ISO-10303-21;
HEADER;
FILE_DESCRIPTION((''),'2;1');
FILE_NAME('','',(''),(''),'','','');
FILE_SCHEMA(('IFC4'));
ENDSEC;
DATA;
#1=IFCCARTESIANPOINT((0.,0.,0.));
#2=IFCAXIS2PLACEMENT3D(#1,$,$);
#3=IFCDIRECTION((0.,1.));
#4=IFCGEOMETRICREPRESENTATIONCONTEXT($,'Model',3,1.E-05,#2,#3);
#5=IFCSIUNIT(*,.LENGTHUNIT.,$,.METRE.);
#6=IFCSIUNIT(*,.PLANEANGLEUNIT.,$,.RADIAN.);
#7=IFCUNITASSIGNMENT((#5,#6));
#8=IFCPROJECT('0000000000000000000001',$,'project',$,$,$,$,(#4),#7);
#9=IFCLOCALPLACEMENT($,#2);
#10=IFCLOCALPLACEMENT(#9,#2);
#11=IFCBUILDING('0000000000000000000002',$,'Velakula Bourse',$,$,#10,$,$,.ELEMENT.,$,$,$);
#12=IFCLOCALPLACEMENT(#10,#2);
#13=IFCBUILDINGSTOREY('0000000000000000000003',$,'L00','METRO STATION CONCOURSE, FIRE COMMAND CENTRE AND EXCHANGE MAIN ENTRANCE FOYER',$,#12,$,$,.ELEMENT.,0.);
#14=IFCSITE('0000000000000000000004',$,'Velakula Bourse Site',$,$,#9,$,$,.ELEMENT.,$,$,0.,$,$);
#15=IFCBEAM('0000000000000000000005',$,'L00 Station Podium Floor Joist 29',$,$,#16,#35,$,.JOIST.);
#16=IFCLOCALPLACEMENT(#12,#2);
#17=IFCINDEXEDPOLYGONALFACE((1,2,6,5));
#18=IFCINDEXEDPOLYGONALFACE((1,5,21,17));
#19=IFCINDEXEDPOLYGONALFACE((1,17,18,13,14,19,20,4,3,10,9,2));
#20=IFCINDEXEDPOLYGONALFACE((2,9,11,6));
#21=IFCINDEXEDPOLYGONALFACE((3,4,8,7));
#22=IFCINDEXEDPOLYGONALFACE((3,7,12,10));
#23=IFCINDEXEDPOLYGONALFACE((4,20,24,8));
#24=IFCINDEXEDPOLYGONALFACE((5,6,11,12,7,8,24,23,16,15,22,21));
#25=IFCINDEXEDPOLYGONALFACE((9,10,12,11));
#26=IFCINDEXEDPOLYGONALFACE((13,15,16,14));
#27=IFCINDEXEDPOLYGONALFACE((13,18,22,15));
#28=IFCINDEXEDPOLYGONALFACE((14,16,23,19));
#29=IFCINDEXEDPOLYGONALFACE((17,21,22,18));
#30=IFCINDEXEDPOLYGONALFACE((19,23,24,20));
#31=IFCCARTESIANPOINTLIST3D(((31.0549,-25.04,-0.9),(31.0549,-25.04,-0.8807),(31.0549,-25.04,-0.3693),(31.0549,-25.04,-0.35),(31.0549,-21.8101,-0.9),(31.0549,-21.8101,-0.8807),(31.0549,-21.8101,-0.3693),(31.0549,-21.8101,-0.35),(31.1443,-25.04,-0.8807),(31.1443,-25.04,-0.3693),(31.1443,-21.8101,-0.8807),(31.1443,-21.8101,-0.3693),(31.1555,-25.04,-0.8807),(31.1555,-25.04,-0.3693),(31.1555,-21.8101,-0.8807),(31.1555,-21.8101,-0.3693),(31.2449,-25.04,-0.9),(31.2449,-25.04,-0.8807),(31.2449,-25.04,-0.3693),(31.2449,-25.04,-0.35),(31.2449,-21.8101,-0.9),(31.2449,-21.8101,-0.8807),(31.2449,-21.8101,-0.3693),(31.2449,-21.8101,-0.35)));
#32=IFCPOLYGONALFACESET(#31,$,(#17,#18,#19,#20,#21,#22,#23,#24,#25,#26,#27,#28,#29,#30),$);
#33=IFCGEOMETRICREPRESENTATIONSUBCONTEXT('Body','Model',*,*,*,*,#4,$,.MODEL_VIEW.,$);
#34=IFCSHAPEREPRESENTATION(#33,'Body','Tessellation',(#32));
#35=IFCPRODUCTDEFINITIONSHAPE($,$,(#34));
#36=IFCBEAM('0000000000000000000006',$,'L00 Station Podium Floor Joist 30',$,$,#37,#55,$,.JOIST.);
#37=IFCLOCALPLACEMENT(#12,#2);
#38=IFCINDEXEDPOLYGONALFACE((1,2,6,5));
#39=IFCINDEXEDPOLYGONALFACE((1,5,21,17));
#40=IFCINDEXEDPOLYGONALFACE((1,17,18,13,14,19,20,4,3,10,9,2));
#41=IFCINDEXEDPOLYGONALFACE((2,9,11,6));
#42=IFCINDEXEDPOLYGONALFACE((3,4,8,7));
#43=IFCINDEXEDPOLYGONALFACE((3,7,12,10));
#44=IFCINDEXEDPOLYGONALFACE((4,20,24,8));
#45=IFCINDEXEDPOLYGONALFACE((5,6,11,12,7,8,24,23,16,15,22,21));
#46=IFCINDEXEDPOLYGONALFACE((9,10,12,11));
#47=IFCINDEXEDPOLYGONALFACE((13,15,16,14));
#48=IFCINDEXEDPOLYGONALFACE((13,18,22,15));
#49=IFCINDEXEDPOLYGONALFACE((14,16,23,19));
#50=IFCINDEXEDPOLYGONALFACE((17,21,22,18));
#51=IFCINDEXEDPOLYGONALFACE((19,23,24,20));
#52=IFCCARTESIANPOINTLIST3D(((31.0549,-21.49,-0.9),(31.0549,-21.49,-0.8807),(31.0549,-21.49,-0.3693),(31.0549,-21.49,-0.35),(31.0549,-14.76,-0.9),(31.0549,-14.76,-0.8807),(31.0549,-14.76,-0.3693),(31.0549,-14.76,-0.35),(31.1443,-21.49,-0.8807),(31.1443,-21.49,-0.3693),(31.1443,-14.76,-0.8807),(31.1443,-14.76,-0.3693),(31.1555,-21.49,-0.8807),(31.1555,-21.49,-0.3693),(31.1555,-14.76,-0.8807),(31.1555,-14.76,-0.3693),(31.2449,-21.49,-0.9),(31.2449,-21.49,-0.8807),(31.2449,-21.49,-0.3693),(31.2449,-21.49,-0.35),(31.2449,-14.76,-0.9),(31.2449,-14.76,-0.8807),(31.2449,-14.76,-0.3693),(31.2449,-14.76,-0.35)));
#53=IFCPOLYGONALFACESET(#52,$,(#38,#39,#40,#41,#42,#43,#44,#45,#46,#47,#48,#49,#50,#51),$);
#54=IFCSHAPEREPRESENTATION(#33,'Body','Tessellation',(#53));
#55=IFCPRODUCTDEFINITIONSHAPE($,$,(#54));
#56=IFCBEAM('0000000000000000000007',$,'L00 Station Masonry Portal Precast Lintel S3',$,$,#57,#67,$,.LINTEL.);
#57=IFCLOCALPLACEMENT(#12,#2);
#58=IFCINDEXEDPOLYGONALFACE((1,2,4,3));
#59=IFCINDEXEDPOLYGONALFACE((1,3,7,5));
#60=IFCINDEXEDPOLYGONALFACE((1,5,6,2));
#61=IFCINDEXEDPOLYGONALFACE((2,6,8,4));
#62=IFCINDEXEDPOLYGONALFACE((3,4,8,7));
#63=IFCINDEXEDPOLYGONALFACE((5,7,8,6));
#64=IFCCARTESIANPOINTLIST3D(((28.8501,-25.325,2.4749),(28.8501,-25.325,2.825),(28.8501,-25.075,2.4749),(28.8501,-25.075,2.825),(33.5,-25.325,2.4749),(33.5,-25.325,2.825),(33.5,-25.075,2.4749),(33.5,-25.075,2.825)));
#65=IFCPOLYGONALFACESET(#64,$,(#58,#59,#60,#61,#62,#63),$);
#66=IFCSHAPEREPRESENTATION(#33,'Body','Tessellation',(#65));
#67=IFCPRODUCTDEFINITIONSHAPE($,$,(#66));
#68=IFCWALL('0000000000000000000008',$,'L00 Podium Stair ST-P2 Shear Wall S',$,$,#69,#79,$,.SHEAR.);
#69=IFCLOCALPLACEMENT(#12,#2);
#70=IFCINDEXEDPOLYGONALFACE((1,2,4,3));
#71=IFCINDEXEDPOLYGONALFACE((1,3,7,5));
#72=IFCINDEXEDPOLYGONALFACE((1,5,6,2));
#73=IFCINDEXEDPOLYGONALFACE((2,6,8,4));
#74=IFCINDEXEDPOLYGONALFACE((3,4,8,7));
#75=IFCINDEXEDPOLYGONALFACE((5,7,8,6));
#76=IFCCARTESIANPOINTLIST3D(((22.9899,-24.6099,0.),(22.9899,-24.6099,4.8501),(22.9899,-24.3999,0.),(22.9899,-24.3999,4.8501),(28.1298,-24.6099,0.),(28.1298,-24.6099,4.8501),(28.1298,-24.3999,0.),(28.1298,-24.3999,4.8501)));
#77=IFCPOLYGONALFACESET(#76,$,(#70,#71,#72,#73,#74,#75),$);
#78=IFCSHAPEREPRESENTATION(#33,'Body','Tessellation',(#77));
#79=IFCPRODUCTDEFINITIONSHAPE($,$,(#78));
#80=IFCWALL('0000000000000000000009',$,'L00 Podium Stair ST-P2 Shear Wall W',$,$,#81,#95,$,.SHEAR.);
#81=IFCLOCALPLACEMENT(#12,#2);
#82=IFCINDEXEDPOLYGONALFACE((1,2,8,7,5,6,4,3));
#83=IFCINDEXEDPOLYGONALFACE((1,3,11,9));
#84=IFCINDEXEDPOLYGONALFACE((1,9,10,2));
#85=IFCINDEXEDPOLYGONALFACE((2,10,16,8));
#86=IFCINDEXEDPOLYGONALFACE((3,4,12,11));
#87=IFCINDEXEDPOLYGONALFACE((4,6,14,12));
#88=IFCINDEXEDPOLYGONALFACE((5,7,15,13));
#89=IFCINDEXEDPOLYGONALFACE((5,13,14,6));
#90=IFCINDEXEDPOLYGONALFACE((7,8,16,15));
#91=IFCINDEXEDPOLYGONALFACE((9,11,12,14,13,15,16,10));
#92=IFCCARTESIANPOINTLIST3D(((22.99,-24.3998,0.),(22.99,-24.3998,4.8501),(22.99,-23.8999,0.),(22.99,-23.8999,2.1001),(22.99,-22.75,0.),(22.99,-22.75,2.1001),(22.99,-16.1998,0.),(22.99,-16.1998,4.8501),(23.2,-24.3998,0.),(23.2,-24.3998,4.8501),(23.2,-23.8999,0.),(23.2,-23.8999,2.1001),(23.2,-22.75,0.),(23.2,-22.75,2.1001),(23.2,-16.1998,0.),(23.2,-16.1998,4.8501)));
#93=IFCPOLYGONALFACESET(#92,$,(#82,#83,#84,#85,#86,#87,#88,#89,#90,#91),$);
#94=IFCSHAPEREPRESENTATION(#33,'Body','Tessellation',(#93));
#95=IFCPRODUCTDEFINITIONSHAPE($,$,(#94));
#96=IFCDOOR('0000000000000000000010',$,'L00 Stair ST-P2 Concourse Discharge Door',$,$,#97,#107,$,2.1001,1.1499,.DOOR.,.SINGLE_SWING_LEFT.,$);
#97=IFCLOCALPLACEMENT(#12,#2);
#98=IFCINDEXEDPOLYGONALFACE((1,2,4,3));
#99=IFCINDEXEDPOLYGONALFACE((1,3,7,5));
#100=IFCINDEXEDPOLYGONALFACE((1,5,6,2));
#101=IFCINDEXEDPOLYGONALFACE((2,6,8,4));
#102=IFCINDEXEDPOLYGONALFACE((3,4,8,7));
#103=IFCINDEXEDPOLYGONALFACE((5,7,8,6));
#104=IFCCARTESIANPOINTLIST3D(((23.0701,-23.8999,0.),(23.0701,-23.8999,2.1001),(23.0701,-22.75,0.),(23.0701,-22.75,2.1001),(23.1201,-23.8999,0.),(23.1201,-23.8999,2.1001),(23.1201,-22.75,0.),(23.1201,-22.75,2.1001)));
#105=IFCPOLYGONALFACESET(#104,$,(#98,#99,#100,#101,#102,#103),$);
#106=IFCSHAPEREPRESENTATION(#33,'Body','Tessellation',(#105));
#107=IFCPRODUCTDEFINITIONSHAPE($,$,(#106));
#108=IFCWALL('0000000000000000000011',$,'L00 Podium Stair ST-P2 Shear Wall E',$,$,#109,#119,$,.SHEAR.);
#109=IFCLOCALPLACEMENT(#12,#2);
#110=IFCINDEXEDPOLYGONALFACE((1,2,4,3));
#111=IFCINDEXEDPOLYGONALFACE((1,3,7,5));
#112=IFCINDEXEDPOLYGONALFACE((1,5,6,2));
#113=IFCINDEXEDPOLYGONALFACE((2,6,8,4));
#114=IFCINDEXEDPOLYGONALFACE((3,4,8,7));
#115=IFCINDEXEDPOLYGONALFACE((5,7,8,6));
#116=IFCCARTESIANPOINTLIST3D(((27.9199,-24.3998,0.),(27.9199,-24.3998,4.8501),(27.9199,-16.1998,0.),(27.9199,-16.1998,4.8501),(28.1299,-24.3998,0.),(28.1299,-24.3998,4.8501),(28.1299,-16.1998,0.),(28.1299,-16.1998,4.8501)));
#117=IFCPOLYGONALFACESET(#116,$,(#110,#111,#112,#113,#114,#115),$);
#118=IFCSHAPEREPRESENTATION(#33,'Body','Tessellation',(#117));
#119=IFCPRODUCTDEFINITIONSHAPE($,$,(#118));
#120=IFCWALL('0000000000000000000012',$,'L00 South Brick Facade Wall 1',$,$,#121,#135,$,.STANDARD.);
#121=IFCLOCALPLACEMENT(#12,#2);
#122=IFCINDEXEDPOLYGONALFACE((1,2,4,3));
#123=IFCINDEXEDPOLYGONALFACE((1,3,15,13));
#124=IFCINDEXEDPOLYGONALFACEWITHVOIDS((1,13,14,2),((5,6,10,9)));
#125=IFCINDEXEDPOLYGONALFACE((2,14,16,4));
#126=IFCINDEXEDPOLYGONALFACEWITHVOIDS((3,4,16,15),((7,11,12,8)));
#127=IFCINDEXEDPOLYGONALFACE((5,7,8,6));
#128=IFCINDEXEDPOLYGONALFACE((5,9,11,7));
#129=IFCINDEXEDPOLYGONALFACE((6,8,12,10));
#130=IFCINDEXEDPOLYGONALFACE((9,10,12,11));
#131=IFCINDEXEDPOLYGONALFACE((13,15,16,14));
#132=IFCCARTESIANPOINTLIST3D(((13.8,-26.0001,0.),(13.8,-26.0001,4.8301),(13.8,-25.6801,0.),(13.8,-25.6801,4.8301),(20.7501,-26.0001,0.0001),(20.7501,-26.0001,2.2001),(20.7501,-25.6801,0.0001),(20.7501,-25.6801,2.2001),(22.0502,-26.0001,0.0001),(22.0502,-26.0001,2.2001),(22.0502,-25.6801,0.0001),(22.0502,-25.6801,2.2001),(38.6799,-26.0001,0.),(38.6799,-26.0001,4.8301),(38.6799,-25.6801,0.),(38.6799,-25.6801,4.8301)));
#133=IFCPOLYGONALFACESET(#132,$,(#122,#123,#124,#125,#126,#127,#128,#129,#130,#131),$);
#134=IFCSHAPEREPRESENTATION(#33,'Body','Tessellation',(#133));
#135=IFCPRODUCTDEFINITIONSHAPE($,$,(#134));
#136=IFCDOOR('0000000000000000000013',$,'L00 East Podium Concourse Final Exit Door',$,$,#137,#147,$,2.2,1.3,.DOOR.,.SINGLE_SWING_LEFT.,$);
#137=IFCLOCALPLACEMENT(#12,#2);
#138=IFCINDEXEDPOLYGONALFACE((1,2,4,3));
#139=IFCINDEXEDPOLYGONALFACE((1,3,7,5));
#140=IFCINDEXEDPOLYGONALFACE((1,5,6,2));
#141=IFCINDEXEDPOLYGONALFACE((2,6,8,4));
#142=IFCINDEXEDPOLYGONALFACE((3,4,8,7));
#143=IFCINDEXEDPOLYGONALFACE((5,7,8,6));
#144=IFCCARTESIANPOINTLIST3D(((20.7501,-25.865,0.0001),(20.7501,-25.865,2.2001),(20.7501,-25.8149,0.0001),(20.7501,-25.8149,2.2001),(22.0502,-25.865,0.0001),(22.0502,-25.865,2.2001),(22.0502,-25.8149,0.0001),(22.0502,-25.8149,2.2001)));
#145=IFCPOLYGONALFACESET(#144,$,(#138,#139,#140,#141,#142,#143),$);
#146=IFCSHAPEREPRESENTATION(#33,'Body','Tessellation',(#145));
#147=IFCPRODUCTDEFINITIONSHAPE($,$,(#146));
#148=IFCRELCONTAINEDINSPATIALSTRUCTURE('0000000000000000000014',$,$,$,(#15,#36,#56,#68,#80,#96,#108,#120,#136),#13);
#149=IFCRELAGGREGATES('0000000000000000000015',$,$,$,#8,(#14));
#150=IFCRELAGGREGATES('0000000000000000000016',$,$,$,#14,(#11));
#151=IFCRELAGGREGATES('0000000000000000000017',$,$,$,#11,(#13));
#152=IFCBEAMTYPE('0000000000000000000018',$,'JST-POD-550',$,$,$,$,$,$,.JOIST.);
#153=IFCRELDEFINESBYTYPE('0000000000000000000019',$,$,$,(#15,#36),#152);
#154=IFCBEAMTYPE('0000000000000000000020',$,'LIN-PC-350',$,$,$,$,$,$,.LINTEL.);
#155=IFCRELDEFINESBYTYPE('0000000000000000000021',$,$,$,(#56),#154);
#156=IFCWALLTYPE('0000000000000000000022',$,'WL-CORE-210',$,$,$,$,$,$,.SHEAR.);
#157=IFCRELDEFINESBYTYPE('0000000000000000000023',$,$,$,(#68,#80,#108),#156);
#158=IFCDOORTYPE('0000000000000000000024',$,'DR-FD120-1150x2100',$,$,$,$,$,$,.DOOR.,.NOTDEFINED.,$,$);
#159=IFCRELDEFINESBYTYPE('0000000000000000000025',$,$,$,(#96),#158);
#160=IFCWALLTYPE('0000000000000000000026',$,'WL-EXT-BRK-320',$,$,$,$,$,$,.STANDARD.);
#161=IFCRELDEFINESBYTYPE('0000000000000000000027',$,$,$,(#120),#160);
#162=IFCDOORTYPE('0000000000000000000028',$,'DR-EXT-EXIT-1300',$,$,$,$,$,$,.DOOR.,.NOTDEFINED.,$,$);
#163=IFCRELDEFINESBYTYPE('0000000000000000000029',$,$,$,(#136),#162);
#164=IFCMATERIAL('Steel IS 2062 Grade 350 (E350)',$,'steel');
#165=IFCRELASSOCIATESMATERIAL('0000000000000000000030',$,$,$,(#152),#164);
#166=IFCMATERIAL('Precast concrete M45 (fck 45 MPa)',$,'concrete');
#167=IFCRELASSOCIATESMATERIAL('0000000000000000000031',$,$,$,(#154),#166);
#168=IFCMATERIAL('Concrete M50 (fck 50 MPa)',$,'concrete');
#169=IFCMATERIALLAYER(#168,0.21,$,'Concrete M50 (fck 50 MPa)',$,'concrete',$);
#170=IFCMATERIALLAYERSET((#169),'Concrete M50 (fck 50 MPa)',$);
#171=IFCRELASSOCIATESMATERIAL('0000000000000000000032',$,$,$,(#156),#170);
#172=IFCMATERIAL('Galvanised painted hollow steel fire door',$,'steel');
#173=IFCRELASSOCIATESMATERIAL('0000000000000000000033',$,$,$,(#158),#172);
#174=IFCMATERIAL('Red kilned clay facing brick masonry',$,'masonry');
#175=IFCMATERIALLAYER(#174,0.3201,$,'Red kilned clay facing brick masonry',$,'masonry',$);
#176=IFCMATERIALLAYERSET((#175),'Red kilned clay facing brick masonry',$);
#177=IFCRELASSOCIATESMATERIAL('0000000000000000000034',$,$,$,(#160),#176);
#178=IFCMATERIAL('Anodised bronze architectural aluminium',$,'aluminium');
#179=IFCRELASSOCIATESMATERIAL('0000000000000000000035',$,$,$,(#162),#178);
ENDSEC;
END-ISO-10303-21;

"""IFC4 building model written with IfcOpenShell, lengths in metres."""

from ifc_helpers import new_model, si_unit, direction, frame, frame_2d, origin, origin_2d, place, context, subcontext, project, spatial, rectangle, i_section, extrude, material, layer, layer_set, material_profile, profile_set, type_object, element, fill, save


model = new_model("IFC4")

# Units and contexts
model_context = context("Model", 3, precision=1e-05, world=origin(), true_north=direction((0.0, 1.0)))
body_context = subcontext(model_context, "Body", "Model", "MODEL_VIEW")
ifc_project = project(units=[si_unit("LENGTHUNIT", "METRE"), si_unit("PLANEANGLEUNIT", "RADIAN")], contexts=[model_context])

# Site, building, storey
site_placement = place(None, origin())
site = spatial("IfcSite", under=ifc_project, at=site_placement, Name="Velakula Bourse Site", CompositionType="ELEMENT", RefElevation=0.0)
building_placement = place(site_placement, origin())
building = spatial("IfcBuilding", under=site, at=building_placement, Name="Velakula Bourse", CompositionType="ELEMENT")
storey_placement = place(building_placement, origin())
storey = spatial("IfcBuildingStorey", under=building, at=storey_placement, Name="L00", Description="METRO STATION CONCOURSE, FIRE COMMAND CENTRE AND EXCHANGE MAIN ENTRANCE FOYER", CompositionType="ELEMENT", Elevation=0.0)

# Beams
ifc_material_1 = material(Name="Steel IS 2062 Grade 350 (E350)", Category="steel")
ifc_material_profile_1 = material_profile(ifc_material_1, i_section(OverallWidth=0.1899, OverallDepth=0.55, WebThickness=0.0112, FlangeThickness=0.0193, at=origin_2d()), Name="Steel IS 2062 Grade 350 (E350)")
ifc_profile_set_1 = profile_set([ifc_material_profile_1], Name="Steel IS 2062 Grade 350 (E350)")
beam_type_1 = type_object("IfcBeamType", Name="JST-POD-550", PredefinedType="JOIST", material=ifc_profile_set_1)
beam_1_placement = place(storey_placement, frame((31.1499, -25.04, -0.625), z_axis=(0.0, 1.0, 0.0), x_axis=(-1.0, 0.0, 0.0)))
element("IfcBeam", 1, at=beam_1_placement, inside=storey, type_object=beam_type_1, Name="L00 Station Podium Floor Joist 29", PredefinedType="JOIST", context=body_context, shape_type="SweptSolid", body=[
    extrude(i_section(OverallWidth=0.1899, OverallDepth=0.55, WebThickness=0.0112, FlangeThickness=0.0193, at=origin_2d()), origin(), (0.0, 0.0, 1.0), 3.23),
])
beam_2_placement = place(storey_placement, frame((31.1499, -21.49, -0.625), z_axis=(0.0, 1.0, 0.0), x_axis=(-1.0, 0.0, 0.0)))
element("IfcBeam", 2, at=beam_2_placement, inside=storey, type_object=beam_type_1, Name="L00 Station Podium Floor Joist 30", PredefinedType="JOIST", context=body_context, shape_type="SweptSolid", body=[
    extrude(i_section(OverallWidth=0.1899, OverallDepth=0.55, WebThickness=0.0112, FlangeThickness=0.0193, at=origin_2d()), origin(), (0.0, 0.0, 1.0), 6.73),
])
ifc_material_2 = material(Name="Precast concrete M45 (fck 45 MPa)", Category="concrete")
ifc_material_profile_2 = material_profile(ifc_material_2, rectangle(XDim=0.25, YDim=0.3501, at=origin_2d()), Name="Precast concrete M45 (fck 45 MPa)")
ifc_profile_set_2 = profile_set([ifc_material_profile_2], Name="Precast concrete M45 (fck 45 MPa)")
beam_type_2 = type_object("IfcBeamType", Name="LIN-PC-350", PredefinedType="LINTEL", material=ifc_profile_set_2)
beam_3_placement = place(storey_placement, frame((28.8501, -25.2, 2.6499), z_axis=(1.0, 0.0, 0.0), x_axis=(0.0, 1.0, 0.0)))
element("IfcBeam", 3, at=beam_3_placement, inside=storey, type_object=beam_type_2, Name="L00 Station Masonry Portal Precast Lintel S3", PredefinedType="LINTEL", context=body_context, shape_type="SweptSolid", body=[
    extrude(rectangle(XDim=0.25, YDim=0.3501, at=origin_2d()), origin(), (0.0, 0.0, 1.0), 4.6499),
])

# Wall
ifc_material_3 = material(Name="Concrete M50 (fck 50 MPa)", Category="concrete")
ifc_layer_1 = layer(ifc_material_3, 0.21, Name="Concrete M50 (fck 50 MPa)", Category="concrete")
ifc_layer_set_1 = layer_set([ifc_layer_1], Name="Concrete M50 (fck 50 MPa)")
wall_type_1 = type_object("IfcWallType", Name="WL-CORE-210", PredefinedType="SHEAR", material=ifc_layer_set_1)
wall_1_placement = place(storey_placement, frame((22.99, -24.5049, 0.0), z_axis=(0.0, 0.0, 1.0), x_axis=(1.0, 0.0, 0.0)))
element("IfcWall", 4, at=wall_1_placement, inside=storey, type_object=wall_type_1, Name="L00 Podium Stair ST-P2 Shear Wall S", PredefinedType="SHEAR", context=body_context, shape_type="SweptSolid", body=[
    extrude(rectangle(XDim=5.1399, YDim=0.21, at=frame_2d((2.5698, 0.0))), origin(), (0.0, 0.0, 1.0), 4.8501),
])

# Wall, opening, door
wall_2_placement = place(storey_placement, frame((23.095, -24.3999, 0.0), z_axis=(0.0, 0.0, 1.0), x_axis=(0.0, 1.0, 0.0)))
wall_2 = element("IfcWall", 5, at=wall_2_placement, inside=storey, type_object=wall_type_1, Name="L00 Podium Stair ST-P2 Shear Wall W", PredefinedType="SHEAR", context=body_context, shape_type="SweptSolid", body=[
    extrude(rectangle(XDim=8.2, YDim=0.21, at=frame_2d((4.1001, 0.0))), origin(), (0.0, 0.0, 1.0), 4.8501),
])
opening_1_placement = place(wall_2_placement, frame((0.5, 0.0, 0.0)))
opening_1 = element("IfcOpeningElement", 6, at=opening_1_placement, cuts=wall_2, PredefinedType="OPENING", context=body_context, shape_type="SweptSolid", body=[
    extrude(rectangle(XDim=1.1499, YDim=2.1001, at=frame_2d((0.575, 1.05))), frame((0.0, 0.115, 0.0), z_axis=(0.0, -1.0, 0.0), x_axis=(1.0, 0.0, 0.0)), (0.0, 0.0, 1.0), 0.23),
])
ifc_material_4 = material(Name="Galvanised painted hollow steel fire door", Category="steel")
door_type_1 = type_object("IfcDoorType", Name="DR-FD120-1150x2100", OperationType="NOTDEFINED", PredefinedType="DOOR", material=ifc_material_4)
door_1_placement = place(opening_1_placement, origin())
door_1 = element("IfcDoor", 7, at=door_1_placement, inside=storey, type_object=door_type_1, Name="L00 Stair ST-P2 Concourse Discharge Door", OperationType="SINGLE_SWING_LEFT", OverallHeight=2.1001, OverallWidth=1.1499, PredefinedType="DOOR", context=body_context, shape_type="SweptSolid", body=[
    extrude(rectangle(XDim=1.1499, YDim=2.1001, at=frame_2d((0.575, 1.05))), frame((0.0, 0.0249, 0.0), z_axis=(0.0, -1.0, 0.0), x_axis=(1.0, 0.0, 0.0)), (0.0, 0.0, 1.0), 0.05),
])
fill(opening_1, door_1)

# Wall
wall_3_placement = place(storey_placement, frame((28.0249, -24.3999, 0.0), z_axis=(0.0, 0.0, 1.0), x_axis=(0.0, 1.0, 0.0)))
element("IfcWall", 8, at=wall_3_placement, inside=storey, type_object=wall_type_1, Name="L00 Podium Stair ST-P2 Shear Wall E", PredefinedType="SHEAR", context=body_context, shape_type="SweptSolid", body=[
    extrude(rectangle(XDim=8.2, YDim=0.21, at=frame_2d((4.1001, 0.0))), origin(), (0.0, 0.0, 1.0), 4.8501),
])

# Wall, opening, door
ifc_material_5 = material(Name="Red kilned clay facing brick masonry", Category="masonry")
ifc_layer_2 = layer(ifc_material_5, 0.3201, Name="Red kilned clay facing brick masonry", Category="masonry")
ifc_layer_set_2 = layer_set([ifc_layer_2], Name="Red kilned clay facing brick masonry")
wall_type_2 = type_object("IfcWallType", Name="WL-EXT-BRK-320", PredefinedType="STANDARD", material=ifc_layer_set_2)
wall_4_placement = place(storey_placement, frame((38.6799, -25.8401, 0.0), z_axis=(0.0, 0.0, 1.0), x_axis=(-1.0, 0.0, 0.0)))
wall_4 = element("IfcWall", 9, at=wall_4_placement, inside=storey, type_object=wall_type_2, Name="L00 South Brick Facade Wall 1", PredefinedType="STANDARD", context=body_context, shape_type="SweptSolid", body=[
    extrude(rectangle(XDim=24.8799, YDim=0.3201, at=frame_2d((12.4399, 0.0))), origin(), (0.0, 0.0, 1.0), 4.8301),
])
opening_2_placement = place(wall_4_placement, frame((16.6299, 0.0, 0.0)))
opening_2 = element("IfcOpeningElement", 10, at=opening_2_placement, cuts=wall_4, PredefinedType="OPENING", context=body_context, shape_type="SweptSolid", body=[
    extrude(rectangle(XDim=1.3, YDim=2.2, at=frame_2d((0.6499, 1.1001))), frame((0.0, 0.1699, 0.0), z_axis=(0.0, -1.0, 0.0), x_axis=(1.0, 0.0, 0.0)), (0.0, 0.0, 1.0), 0.3401),
])
ifc_material_6 = material(Name="Anodised bronze architectural aluminium", Category="aluminium")
door_type_2 = type_object("IfcDoorType", Name="DR-EXT-EXIT-1300", OperationType="NOTDEFINED", PredefinedType="DOOR", material=ifc_material_6)
door_2_placement = place(opening_2_placement, origin())
door_2 = element("IfcDoor", 11, at=door_2_placement, inside=storey, type_object=door_type_2, Name="L00 East Podium Concourse Final Exit Door", OperationType="SINGLE_SWING_LEFT", OverallHeight=2.2, OverallWidth=1.3, PredefinedType="DOOR", context=body_context, shape_type="SweptSolid", body=[
    extrude(rectangle(XDim=1.3, YDim=2.2, at=frame_2d((0.6499, 1.1001))), frame((0.0, 0.0249, 0.0), z_axis=(0.0, -1.0, 0.0), x_axis=(1.0, 0.0, 0.0)), (0.0, 0.0, 1.0), 0.05),
])
fill(opening_2, door_2)

save(model, "model.ifc")
